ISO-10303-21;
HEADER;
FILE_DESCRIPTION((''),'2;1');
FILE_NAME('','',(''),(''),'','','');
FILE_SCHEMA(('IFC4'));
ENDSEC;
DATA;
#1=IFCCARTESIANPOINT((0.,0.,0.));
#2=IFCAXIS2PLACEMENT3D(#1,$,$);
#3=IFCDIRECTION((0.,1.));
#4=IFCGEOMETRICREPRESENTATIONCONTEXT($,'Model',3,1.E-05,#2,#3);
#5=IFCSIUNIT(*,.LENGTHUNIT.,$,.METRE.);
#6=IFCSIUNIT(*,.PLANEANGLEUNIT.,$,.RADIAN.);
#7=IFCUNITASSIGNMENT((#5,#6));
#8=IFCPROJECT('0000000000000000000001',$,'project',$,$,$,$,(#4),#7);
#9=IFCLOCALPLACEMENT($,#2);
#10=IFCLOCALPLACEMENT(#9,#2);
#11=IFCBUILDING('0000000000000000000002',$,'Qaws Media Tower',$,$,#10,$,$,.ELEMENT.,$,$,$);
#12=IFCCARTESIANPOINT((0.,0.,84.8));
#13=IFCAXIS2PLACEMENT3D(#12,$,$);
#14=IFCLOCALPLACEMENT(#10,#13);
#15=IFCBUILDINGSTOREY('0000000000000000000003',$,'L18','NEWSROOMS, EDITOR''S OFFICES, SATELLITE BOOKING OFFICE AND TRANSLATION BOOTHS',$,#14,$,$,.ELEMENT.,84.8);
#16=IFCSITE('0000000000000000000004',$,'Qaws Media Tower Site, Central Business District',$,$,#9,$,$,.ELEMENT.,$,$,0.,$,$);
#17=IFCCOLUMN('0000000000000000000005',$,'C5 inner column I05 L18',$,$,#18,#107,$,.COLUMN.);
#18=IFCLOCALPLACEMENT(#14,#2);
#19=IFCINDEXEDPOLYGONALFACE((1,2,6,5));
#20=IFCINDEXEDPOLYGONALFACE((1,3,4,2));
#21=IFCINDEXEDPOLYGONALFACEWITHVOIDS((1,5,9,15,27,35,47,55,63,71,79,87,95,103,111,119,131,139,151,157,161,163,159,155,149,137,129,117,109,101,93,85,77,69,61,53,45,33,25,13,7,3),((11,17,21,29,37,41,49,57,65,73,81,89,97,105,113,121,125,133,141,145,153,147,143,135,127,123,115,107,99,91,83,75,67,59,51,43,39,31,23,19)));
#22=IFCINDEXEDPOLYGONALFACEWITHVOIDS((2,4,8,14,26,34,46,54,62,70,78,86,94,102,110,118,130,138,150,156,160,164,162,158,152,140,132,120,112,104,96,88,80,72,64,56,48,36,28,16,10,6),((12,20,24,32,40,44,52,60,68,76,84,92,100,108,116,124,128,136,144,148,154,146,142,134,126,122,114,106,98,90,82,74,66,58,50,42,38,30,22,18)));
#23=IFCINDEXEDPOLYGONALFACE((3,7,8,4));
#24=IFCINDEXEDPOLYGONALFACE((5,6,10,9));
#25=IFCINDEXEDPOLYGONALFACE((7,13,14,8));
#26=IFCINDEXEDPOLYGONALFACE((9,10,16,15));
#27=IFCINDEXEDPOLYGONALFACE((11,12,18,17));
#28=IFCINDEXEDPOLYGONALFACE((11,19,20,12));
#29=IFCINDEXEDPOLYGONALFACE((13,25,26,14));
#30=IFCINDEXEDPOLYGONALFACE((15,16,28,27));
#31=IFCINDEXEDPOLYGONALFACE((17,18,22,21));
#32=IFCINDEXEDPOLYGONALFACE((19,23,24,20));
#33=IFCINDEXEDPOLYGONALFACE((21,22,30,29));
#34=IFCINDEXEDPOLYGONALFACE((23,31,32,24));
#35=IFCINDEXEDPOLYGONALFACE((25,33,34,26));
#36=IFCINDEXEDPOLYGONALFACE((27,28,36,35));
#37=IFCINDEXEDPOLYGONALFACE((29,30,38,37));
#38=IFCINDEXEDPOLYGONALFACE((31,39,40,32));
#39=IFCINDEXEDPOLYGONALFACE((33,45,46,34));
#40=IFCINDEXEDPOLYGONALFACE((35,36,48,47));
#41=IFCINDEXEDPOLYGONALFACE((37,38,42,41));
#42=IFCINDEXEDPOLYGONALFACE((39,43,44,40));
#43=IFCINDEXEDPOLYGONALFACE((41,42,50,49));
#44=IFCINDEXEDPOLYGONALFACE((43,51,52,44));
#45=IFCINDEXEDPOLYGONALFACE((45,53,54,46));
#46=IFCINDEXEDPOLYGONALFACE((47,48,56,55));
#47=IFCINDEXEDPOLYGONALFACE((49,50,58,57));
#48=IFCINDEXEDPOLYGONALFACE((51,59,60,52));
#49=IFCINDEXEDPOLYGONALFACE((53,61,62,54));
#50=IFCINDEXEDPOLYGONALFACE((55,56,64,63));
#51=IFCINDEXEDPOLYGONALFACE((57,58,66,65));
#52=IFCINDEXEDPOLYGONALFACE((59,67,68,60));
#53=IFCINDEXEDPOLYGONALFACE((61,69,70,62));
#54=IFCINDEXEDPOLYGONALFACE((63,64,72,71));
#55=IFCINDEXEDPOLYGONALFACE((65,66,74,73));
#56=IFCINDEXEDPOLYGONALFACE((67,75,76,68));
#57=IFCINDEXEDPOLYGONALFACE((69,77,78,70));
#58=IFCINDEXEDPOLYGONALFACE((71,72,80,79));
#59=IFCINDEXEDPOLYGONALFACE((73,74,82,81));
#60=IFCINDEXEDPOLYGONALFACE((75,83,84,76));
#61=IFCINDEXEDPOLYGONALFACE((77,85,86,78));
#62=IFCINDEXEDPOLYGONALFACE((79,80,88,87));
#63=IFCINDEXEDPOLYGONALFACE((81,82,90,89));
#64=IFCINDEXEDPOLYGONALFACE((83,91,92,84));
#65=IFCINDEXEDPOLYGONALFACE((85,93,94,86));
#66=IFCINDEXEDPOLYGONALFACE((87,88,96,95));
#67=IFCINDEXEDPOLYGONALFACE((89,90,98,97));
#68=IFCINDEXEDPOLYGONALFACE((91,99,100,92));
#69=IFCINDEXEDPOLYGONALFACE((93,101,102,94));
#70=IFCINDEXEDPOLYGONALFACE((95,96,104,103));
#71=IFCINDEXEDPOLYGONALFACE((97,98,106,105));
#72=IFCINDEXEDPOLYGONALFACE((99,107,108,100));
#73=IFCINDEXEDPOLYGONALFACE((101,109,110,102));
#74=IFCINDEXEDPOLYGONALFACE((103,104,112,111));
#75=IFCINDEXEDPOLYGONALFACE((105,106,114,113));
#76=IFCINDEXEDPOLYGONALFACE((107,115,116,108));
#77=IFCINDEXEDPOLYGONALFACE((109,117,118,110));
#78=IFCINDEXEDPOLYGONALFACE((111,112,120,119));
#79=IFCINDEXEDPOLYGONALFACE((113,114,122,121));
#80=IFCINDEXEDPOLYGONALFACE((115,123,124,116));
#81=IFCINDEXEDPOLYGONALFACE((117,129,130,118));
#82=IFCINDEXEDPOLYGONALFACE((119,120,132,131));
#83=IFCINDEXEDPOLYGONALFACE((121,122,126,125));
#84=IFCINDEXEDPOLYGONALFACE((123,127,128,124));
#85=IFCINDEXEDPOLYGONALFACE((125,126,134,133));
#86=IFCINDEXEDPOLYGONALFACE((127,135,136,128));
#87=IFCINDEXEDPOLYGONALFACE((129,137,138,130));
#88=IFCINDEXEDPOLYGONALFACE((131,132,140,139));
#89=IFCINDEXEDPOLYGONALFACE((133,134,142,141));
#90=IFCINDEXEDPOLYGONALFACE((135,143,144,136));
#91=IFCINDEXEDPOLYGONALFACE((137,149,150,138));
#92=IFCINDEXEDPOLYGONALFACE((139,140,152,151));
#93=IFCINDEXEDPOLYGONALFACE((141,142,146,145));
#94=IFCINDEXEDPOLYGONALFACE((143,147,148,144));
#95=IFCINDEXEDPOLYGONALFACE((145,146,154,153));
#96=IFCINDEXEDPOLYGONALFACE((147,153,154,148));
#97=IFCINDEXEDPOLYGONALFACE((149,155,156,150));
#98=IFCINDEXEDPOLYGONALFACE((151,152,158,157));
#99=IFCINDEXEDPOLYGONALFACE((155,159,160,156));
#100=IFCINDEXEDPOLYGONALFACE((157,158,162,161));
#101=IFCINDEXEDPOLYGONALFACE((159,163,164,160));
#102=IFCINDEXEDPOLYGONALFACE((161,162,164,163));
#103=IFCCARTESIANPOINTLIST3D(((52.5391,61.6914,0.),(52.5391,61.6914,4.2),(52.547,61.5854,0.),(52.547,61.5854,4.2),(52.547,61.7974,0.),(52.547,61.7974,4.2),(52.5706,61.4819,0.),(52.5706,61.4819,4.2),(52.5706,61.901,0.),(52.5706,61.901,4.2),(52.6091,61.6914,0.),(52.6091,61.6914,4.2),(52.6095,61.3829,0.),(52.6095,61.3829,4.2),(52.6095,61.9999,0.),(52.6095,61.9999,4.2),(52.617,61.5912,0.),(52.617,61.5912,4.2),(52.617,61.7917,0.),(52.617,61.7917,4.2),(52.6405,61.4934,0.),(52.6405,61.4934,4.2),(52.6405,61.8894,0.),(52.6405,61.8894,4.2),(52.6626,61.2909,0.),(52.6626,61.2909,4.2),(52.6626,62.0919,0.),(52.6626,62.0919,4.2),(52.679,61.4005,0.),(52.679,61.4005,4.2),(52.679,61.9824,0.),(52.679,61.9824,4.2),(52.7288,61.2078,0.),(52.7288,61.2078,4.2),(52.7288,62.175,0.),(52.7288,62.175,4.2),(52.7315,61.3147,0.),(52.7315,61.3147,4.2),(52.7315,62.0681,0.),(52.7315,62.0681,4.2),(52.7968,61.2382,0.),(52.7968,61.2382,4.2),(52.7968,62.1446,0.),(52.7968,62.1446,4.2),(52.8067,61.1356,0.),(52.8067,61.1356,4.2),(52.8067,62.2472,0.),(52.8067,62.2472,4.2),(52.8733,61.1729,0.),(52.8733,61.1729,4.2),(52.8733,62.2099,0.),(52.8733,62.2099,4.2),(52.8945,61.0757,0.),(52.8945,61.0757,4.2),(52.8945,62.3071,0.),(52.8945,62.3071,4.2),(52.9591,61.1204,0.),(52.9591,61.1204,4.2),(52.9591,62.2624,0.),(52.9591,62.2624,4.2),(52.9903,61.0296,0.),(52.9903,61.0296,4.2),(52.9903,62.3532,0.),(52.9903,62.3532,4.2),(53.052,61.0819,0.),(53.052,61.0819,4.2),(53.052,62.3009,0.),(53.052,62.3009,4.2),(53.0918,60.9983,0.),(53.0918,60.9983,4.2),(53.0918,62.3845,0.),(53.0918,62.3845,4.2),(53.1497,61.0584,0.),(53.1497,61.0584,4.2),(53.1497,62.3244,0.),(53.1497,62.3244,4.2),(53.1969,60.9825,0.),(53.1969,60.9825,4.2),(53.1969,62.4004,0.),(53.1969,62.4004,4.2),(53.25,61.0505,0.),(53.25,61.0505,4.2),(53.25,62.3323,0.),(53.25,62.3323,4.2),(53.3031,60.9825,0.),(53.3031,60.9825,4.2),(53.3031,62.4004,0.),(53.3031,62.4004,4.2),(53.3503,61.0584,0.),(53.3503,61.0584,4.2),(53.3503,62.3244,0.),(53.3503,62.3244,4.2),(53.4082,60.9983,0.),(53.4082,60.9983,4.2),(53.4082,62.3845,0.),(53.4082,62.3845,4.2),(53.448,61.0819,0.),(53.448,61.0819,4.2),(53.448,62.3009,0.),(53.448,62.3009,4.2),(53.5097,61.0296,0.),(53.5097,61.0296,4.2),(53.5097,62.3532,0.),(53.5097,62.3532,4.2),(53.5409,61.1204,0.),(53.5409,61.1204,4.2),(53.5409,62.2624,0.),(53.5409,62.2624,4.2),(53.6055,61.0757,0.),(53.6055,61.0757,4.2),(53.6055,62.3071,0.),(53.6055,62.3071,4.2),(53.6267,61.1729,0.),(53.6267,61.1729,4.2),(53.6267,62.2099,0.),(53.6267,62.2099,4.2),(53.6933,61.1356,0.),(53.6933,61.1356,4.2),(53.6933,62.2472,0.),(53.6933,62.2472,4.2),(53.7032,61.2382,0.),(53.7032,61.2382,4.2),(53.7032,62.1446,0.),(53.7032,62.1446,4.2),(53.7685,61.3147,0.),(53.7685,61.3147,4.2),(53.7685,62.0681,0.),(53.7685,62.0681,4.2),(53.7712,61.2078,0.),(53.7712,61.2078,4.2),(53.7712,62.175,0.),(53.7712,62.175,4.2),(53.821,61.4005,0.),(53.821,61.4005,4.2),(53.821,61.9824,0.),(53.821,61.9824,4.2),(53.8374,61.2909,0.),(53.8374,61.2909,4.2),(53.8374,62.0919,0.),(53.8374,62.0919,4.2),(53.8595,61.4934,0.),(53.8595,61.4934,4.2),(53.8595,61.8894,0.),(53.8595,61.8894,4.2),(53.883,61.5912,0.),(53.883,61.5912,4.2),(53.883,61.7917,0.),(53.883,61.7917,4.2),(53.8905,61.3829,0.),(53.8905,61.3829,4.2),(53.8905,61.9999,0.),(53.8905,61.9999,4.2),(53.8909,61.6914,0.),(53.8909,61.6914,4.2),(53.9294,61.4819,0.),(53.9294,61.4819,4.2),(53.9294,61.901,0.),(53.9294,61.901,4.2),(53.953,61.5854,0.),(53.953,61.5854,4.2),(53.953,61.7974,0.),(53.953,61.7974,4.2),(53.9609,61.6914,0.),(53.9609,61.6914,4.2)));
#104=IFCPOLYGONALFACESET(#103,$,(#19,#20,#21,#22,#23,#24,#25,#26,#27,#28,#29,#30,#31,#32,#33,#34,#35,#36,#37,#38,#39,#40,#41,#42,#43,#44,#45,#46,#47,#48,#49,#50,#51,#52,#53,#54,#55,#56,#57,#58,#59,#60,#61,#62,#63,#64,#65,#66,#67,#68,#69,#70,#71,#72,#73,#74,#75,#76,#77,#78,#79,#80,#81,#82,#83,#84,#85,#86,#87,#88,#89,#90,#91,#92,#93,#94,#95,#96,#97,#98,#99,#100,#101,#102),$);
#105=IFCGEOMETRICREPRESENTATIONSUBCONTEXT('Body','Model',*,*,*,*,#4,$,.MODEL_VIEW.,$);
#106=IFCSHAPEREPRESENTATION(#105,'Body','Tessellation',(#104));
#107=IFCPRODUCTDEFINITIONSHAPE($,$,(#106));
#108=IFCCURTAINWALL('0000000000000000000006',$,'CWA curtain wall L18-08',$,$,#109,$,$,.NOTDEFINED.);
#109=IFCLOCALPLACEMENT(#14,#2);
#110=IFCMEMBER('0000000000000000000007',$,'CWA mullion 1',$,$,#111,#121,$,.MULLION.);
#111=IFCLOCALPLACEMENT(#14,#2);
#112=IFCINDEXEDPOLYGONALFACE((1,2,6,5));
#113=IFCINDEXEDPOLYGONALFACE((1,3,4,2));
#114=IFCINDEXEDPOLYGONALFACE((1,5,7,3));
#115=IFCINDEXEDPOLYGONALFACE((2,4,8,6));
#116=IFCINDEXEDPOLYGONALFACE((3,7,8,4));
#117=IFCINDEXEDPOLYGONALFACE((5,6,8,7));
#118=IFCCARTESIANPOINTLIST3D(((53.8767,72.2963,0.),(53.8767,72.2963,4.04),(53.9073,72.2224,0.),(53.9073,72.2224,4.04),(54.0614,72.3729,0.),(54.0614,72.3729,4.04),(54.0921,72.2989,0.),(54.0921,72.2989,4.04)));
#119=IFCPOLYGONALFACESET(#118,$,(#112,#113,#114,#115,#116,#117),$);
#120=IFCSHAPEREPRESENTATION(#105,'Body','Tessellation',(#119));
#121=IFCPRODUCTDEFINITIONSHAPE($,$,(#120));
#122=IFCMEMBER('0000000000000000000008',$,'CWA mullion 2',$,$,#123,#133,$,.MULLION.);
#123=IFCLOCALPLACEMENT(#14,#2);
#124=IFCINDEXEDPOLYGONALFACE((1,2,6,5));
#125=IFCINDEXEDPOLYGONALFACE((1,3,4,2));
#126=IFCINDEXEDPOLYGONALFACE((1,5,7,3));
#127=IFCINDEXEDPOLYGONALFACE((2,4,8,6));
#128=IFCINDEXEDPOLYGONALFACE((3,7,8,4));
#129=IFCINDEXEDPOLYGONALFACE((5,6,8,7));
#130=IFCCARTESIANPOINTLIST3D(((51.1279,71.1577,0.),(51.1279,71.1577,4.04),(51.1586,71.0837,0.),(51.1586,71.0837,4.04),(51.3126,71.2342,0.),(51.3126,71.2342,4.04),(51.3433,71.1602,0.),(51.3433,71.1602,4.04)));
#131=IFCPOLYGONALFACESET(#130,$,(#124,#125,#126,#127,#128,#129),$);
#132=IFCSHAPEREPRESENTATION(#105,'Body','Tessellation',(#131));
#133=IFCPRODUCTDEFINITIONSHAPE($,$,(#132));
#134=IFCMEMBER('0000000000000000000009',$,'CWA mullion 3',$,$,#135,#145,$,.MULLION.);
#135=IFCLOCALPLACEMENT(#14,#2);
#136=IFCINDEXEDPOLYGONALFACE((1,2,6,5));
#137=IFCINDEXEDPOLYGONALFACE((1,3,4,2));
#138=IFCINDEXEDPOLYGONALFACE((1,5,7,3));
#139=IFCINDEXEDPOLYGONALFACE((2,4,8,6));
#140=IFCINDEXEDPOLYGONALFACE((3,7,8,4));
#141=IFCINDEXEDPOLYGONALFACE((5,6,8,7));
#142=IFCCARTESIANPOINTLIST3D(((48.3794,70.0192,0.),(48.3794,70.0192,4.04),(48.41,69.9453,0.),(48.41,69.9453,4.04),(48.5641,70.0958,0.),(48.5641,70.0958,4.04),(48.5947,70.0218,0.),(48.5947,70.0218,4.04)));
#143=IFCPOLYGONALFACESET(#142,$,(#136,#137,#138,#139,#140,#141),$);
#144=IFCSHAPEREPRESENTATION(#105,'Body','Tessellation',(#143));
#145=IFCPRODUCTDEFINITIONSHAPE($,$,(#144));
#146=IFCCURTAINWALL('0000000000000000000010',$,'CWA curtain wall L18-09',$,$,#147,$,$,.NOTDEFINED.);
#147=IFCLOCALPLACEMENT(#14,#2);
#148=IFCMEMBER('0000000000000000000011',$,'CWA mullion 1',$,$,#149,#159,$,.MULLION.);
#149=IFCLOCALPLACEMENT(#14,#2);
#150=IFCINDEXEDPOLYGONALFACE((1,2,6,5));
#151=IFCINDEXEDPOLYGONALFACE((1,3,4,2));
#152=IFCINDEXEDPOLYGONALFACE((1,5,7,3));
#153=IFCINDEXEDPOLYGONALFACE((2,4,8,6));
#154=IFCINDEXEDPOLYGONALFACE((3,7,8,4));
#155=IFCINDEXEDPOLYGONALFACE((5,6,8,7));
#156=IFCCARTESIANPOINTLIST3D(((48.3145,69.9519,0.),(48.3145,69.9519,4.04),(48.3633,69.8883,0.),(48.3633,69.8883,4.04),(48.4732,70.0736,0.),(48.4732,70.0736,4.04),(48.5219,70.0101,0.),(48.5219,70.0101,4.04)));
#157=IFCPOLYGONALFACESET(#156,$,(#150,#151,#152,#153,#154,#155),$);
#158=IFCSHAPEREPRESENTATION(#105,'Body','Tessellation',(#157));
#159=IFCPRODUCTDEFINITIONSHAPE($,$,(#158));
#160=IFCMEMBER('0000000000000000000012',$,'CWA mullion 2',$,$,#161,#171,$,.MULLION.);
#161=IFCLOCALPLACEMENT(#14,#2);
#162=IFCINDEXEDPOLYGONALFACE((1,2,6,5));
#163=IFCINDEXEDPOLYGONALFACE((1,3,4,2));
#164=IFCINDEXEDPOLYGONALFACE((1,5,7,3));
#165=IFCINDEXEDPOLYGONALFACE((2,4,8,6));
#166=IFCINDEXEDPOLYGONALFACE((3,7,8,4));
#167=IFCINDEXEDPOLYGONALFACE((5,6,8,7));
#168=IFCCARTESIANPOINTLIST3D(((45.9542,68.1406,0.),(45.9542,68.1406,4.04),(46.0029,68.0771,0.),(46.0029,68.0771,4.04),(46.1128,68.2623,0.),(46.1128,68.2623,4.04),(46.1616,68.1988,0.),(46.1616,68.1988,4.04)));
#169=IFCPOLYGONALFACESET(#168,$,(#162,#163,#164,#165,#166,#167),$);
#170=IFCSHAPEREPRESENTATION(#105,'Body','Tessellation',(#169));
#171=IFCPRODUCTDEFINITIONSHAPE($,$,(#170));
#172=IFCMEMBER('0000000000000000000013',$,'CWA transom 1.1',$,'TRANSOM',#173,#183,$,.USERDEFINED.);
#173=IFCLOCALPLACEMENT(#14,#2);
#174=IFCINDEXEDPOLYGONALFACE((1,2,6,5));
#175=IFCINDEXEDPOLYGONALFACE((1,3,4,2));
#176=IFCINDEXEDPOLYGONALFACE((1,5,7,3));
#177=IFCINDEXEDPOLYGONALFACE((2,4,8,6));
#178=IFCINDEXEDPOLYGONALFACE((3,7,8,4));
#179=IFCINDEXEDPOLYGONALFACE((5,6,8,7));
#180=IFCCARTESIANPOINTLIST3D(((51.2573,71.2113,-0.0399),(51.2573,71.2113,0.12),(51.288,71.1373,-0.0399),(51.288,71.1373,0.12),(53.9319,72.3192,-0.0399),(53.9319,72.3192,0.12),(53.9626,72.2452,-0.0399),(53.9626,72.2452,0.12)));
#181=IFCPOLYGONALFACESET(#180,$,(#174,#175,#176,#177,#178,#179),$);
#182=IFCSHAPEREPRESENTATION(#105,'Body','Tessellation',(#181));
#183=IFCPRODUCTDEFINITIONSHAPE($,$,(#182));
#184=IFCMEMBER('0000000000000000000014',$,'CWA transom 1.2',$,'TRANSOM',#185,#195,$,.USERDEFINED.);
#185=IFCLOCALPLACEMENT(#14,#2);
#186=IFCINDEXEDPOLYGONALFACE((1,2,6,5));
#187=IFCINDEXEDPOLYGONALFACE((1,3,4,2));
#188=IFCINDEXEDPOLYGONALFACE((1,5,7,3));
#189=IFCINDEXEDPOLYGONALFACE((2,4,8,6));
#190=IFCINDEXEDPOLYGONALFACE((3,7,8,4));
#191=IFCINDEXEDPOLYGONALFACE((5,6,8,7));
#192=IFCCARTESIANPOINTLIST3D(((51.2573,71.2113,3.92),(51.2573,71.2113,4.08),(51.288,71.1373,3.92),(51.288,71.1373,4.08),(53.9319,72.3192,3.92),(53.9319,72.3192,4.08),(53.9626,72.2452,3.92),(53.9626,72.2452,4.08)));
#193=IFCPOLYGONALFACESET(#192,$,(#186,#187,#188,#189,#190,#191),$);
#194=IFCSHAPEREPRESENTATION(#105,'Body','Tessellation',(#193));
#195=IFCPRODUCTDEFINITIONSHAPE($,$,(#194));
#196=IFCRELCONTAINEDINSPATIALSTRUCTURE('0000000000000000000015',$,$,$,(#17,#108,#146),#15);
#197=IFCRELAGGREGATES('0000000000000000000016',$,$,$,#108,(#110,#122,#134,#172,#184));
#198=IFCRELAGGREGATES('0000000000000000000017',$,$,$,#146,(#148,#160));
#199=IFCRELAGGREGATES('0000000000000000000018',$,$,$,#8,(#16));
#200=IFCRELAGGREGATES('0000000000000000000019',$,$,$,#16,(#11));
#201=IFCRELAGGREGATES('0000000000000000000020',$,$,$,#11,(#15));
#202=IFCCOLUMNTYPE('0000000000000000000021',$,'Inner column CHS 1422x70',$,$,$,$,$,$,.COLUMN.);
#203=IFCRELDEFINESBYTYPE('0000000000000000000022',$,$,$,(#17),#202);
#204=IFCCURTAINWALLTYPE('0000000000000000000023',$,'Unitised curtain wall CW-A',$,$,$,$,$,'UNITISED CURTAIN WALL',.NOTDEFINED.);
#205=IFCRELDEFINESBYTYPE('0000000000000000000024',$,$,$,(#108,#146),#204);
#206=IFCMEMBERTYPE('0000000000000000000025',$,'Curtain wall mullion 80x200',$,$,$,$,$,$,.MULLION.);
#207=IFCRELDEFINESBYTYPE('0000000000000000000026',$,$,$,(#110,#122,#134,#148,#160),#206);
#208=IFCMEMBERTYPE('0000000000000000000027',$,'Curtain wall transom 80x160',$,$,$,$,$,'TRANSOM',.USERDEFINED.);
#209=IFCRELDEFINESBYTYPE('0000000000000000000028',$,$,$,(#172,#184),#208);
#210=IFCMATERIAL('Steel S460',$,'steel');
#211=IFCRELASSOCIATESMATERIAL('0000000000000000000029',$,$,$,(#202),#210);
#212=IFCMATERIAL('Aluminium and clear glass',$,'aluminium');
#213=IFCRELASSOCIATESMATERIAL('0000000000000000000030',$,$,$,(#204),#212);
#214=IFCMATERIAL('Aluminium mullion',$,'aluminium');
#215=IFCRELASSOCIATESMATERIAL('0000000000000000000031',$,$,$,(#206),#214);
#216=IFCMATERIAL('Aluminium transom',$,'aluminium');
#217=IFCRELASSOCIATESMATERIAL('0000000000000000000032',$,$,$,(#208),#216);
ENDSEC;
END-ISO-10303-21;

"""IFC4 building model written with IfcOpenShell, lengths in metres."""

from ifc_helpers import new_model, si_unit, direction, frame, origin, origin_2d, place, context, subcontext, project, spatial, rectangle, hollow_circle, extrude, material, material_profile, profile_set, type_object, element, aggregate, save


model = new_model("IFC4")

# Units and contexts
model_context = context("Model", 3, precision=1e-05, world=origin(), true_north=direction((0.0, 1.0)))
body_context = subcontext(model_context, "Body", "Model", "MODEL_VIEW")
ifc_project = project(units=[si_unit("LENGTHUNIT", "METRE"), si_unit("PLANEANGLEUNIT", "RADIAN")], contexts=[model_context])

# Site, building, storey
site_placement = place(None, origin())
site = spatial("IfcSite", under=ifc_project, at=site_placement, Name="Qaws Media Tower Site, Central Business District", CompositionType="ELEMENT", RefElevation=0.0)
building_placement = place(site_placement, origin())
building = spatial("IfcBuilding", under=site, at=building_placement, Name="Qaws Media Tower", CompositionType="ELEMENT")
storey_placement = place(building_placement, frame((0.0, 0.0, 84.8)))
storey = spatial("IfcBuildingStorey", under=building, at=storey_placement, Name="L18", Description="NEWSROOMS, EDITOR'S OFFICES, SATELLITE BOOKING OFFICE AND TRANSLATION BOOTHS", CompositionType="ELEMENT", Elevation=84.8)

# Column
ifc_material_1 = material(Name="Steel S460", Category="steel")
ifc_material_profile_1 = material_profile(ifc_material_1, hollow_circle(Radius=0.7109, WallThickness=0.0701, at=origin_2d()), Name="CHS 1422x70")
ifc_profile_set_1 = profile_set([ifc_material_profile_1], Name="Steel S460")
column_type = type_object("IfcColumnType", Name="Inner column CHS 1422x70", PredefinedType="COLUMN", material=ifc_profile_set_1)
column_placement = place(storey_placement, frame((53.25, 61.6914, 0.0), z_axis=(0.0, 0.0, 1.0), x_axis=(1.0, 0.0, 0.0)))
element("IfcColumn", 1, at=column_placement, inside=storey, type_object=column_type, Name="C5 inner column I05 L18", PredefinedType="COLUMN", context=body_context, shape_type="SweptSolid", body=[
    extrude(hollow_circle(Radius=0.7109, WallThickness=0.0701, at=origin_2d()), origin(), (0.0, 0.0, 1.0), 4.2),
])

# Curtain walls, members
ifc_material_2 = material(Name="Aluminium and clear glass", Category="aluminium")
curtain_wall_type = type_object("IfcCurtainWallType", Name="Unitised curtain wall CW-A", ElementType="UNITISED CURTAIN WALL", PredefinedType="NOTDEFINED", material=ifc_material_2)
curtain_wall_1_placement = place(storey_placement, origin())
curtain_wall_1 = element("IfcCurtainWall", 2, at=curtain_wall_1_placement, inside=storey, type_object=curtain_wall_type, Name="CWA curtain wall L18-08", PredefinedType="NOTDEFINED")
ifc_material_3 = material(Name="Aluminium mullion", Category="aluminium")
ifc_material_profile_2 = material_profile(ifc_material_3, rectangle(XDim=0.0801, YDim=0.2, at=origin_2d()), Name="80x200")
ifc_profile_set_2 = profile_set([ifc_material_profile_2], Name="Aluminium mullion")
member_type_1 = type_object("IfcMemberType", Name="Curtain wall mullion 80x200", PredefinedType="MULLION", material=ifc_profile_set_2)
member_1_placement = place(storey_placement, frame((53.9844, 72.2976, 0.0), z_axis=(0.0, 0.0, 1.0), x_axis=(0.382683, -0.92388, 0.0)))
member_1 = element("IfcMember", 3, at=member_1_placement, type_object=member_type_1, Name="CWA mullion 1", PredefinedType="MULLION", context=body_context, shape_type="SweptSolid", body=[
    extrude(rectangle(XDim=0.0801, YDim=0.2, at=origin_2d()), origin(), (0.0, 0.0, 1.0), 4.04),
])
member_2_placement = place(storey_placement, frame((51.2356, 71.1589, 0.0), z_axis=(0.0, 0.0, 1.0), x_axis=(0.382683, -0.92388, 0.0)))
member_2 = element("IfcMember", 4, at=member_2_placement, type_object=member_type_1, Name="CWA mullion 2", PredefinedType="MULLION", context=body_context, shape_type="SweptSolid", body=[
    extrude(rectangle(XDim=0.0801, YDim=0.2, at=origin_2d()), origin(), (0.0, 0.0, 1.0), 4.04),
])
member_3_placement = place(storey_placement, frame((48.4871, 70.0205, 0.0), z_axis=(0.0, 0.0, 1.0), x_axis=(0.382683, -0.92388, 0.0)))
member_3 = element("IfcMember", 5, at=member_3_placement, type_object=member_type_1, Name="CWA mullion 3", PredefinedType="MULLION", context=body_context, shape_type="SweptSolid", body=[
    extrude(rectangle(XDim=0.0801, YDim=0.2, at=origin_2d()), origin(), (0.0, 0.0, 1.0), 4.04),
])
curtain_wall_2_placement = place(storey_placement, origin())
curtain_wall_2 = element("IfcCurtainWall", 6, at=curtain_wall_2_placement, inside=storey, type_object=curtain_wall_type, Name="CWA curtain wall L18-09", PredefinedType="NOTDEFINED")
member_4_placement = place(storey_placement, frame((48.4182, 69.981, 0.0), z_axis=(0.0, 0.0, 1.0), x_axis=(0.608761, -0.793353, 0.0)))
member_4 = element("IfcMember", 7, at=member_4_placement, type_object=member_type_1, Name="CWA mullion 1", PredefinedType="MULLION", context=body_context, shape_type="SweptSolid", body=[
    extrude(rectangle(XDim=0.0801, YDim=0.2, at=origin_2d()), origin(), (0.0, 0.0, 1.0), 4.04),
])
member_5_placement = place(storey_placement, frame((46.0579, 68.1697, 0.0), z_axis=(0.0, 0.0, 1.0), x_axis=(0.608761, -0.793353, 0.0)))
member_5 = element("IfcMember", 8, at=member_5_placement, type_object=member_type_1, Name="CWA mullion 2", PredefinedType="MULLION", context=body_context, shape_type="SweptSolid", body=[
    extrude(rectangle(XDim=0.0801, YDim=0.2, at=origin_2d()), origin(), (0.0, 0.0, 1.0), 4.04),
])

# Members
ifc_material_4 = material(Name="Aluminium transom", Category="aluminium")
ifc_material_profile_3 = material_profile(ifc_material_4, rectangle(XDim=0.0801, YDim=0.1599, at=origin_2d()), Name="80x160")
ifc_profile_set_3 = profile_set([ifc_material_profile_3], Name="Aluminium transom")
member_type_2 = type_object("IfcMemberType", Name="Curtain wall transom 80x160", ElementType="TRANSOM", PredefinedType="USERDEFINED", material=ifc_profile_set_3)
member_6_placement = place(storey_placement, frame((53.9473, 72.2822, 0.04), z_axis=(-0.923871, -0.382704, 0.0), x_axis=(0.382704, -0.923871, 0.0)))
member_6 = element("IfcMember", 9, at=member_6_placement, type_object=member_type_2, Name="CWA transom 1.1", ObjectType="TRANSOM", PredefinedType="USERDEFINED", context=body_context, shape_type="SweptSolid", body=[
    extrude(rectangle(XDim=0.0801, YDim=0.1599, at=origin_2d()), origin(), (0.0, 0.0, 1.0), 2.895),
])
member_7_placement = place(storey_placement, frame((53.9473, 72.2822, 4.0), z_axis=(-0.923871, -0.382704, 0.0), x_axis=(0.382704, -0.923871, 0.0)))
member_7 = element("IfcMember", 10, at=member_7_placement, type_object=member_type_2, Name="CWA transom 1.2", ObjectType="TRANSOM", PredefinedType="USERDEFINED", context=body_context, shape_type="SweptSolid", body=[
    extrude(rectangle(XDim=0.0801, YDim=0.1599, at=origin_2d()), origin(), (0.0, 0.0, 1.0), 2.895),
])

aggregate(curtain_wall_1, [member_1, member_2, member_3, member_6, member_7])
aggregate(curtain_wall_2, [member_4, member_5])

save(model, "model.ifc")
